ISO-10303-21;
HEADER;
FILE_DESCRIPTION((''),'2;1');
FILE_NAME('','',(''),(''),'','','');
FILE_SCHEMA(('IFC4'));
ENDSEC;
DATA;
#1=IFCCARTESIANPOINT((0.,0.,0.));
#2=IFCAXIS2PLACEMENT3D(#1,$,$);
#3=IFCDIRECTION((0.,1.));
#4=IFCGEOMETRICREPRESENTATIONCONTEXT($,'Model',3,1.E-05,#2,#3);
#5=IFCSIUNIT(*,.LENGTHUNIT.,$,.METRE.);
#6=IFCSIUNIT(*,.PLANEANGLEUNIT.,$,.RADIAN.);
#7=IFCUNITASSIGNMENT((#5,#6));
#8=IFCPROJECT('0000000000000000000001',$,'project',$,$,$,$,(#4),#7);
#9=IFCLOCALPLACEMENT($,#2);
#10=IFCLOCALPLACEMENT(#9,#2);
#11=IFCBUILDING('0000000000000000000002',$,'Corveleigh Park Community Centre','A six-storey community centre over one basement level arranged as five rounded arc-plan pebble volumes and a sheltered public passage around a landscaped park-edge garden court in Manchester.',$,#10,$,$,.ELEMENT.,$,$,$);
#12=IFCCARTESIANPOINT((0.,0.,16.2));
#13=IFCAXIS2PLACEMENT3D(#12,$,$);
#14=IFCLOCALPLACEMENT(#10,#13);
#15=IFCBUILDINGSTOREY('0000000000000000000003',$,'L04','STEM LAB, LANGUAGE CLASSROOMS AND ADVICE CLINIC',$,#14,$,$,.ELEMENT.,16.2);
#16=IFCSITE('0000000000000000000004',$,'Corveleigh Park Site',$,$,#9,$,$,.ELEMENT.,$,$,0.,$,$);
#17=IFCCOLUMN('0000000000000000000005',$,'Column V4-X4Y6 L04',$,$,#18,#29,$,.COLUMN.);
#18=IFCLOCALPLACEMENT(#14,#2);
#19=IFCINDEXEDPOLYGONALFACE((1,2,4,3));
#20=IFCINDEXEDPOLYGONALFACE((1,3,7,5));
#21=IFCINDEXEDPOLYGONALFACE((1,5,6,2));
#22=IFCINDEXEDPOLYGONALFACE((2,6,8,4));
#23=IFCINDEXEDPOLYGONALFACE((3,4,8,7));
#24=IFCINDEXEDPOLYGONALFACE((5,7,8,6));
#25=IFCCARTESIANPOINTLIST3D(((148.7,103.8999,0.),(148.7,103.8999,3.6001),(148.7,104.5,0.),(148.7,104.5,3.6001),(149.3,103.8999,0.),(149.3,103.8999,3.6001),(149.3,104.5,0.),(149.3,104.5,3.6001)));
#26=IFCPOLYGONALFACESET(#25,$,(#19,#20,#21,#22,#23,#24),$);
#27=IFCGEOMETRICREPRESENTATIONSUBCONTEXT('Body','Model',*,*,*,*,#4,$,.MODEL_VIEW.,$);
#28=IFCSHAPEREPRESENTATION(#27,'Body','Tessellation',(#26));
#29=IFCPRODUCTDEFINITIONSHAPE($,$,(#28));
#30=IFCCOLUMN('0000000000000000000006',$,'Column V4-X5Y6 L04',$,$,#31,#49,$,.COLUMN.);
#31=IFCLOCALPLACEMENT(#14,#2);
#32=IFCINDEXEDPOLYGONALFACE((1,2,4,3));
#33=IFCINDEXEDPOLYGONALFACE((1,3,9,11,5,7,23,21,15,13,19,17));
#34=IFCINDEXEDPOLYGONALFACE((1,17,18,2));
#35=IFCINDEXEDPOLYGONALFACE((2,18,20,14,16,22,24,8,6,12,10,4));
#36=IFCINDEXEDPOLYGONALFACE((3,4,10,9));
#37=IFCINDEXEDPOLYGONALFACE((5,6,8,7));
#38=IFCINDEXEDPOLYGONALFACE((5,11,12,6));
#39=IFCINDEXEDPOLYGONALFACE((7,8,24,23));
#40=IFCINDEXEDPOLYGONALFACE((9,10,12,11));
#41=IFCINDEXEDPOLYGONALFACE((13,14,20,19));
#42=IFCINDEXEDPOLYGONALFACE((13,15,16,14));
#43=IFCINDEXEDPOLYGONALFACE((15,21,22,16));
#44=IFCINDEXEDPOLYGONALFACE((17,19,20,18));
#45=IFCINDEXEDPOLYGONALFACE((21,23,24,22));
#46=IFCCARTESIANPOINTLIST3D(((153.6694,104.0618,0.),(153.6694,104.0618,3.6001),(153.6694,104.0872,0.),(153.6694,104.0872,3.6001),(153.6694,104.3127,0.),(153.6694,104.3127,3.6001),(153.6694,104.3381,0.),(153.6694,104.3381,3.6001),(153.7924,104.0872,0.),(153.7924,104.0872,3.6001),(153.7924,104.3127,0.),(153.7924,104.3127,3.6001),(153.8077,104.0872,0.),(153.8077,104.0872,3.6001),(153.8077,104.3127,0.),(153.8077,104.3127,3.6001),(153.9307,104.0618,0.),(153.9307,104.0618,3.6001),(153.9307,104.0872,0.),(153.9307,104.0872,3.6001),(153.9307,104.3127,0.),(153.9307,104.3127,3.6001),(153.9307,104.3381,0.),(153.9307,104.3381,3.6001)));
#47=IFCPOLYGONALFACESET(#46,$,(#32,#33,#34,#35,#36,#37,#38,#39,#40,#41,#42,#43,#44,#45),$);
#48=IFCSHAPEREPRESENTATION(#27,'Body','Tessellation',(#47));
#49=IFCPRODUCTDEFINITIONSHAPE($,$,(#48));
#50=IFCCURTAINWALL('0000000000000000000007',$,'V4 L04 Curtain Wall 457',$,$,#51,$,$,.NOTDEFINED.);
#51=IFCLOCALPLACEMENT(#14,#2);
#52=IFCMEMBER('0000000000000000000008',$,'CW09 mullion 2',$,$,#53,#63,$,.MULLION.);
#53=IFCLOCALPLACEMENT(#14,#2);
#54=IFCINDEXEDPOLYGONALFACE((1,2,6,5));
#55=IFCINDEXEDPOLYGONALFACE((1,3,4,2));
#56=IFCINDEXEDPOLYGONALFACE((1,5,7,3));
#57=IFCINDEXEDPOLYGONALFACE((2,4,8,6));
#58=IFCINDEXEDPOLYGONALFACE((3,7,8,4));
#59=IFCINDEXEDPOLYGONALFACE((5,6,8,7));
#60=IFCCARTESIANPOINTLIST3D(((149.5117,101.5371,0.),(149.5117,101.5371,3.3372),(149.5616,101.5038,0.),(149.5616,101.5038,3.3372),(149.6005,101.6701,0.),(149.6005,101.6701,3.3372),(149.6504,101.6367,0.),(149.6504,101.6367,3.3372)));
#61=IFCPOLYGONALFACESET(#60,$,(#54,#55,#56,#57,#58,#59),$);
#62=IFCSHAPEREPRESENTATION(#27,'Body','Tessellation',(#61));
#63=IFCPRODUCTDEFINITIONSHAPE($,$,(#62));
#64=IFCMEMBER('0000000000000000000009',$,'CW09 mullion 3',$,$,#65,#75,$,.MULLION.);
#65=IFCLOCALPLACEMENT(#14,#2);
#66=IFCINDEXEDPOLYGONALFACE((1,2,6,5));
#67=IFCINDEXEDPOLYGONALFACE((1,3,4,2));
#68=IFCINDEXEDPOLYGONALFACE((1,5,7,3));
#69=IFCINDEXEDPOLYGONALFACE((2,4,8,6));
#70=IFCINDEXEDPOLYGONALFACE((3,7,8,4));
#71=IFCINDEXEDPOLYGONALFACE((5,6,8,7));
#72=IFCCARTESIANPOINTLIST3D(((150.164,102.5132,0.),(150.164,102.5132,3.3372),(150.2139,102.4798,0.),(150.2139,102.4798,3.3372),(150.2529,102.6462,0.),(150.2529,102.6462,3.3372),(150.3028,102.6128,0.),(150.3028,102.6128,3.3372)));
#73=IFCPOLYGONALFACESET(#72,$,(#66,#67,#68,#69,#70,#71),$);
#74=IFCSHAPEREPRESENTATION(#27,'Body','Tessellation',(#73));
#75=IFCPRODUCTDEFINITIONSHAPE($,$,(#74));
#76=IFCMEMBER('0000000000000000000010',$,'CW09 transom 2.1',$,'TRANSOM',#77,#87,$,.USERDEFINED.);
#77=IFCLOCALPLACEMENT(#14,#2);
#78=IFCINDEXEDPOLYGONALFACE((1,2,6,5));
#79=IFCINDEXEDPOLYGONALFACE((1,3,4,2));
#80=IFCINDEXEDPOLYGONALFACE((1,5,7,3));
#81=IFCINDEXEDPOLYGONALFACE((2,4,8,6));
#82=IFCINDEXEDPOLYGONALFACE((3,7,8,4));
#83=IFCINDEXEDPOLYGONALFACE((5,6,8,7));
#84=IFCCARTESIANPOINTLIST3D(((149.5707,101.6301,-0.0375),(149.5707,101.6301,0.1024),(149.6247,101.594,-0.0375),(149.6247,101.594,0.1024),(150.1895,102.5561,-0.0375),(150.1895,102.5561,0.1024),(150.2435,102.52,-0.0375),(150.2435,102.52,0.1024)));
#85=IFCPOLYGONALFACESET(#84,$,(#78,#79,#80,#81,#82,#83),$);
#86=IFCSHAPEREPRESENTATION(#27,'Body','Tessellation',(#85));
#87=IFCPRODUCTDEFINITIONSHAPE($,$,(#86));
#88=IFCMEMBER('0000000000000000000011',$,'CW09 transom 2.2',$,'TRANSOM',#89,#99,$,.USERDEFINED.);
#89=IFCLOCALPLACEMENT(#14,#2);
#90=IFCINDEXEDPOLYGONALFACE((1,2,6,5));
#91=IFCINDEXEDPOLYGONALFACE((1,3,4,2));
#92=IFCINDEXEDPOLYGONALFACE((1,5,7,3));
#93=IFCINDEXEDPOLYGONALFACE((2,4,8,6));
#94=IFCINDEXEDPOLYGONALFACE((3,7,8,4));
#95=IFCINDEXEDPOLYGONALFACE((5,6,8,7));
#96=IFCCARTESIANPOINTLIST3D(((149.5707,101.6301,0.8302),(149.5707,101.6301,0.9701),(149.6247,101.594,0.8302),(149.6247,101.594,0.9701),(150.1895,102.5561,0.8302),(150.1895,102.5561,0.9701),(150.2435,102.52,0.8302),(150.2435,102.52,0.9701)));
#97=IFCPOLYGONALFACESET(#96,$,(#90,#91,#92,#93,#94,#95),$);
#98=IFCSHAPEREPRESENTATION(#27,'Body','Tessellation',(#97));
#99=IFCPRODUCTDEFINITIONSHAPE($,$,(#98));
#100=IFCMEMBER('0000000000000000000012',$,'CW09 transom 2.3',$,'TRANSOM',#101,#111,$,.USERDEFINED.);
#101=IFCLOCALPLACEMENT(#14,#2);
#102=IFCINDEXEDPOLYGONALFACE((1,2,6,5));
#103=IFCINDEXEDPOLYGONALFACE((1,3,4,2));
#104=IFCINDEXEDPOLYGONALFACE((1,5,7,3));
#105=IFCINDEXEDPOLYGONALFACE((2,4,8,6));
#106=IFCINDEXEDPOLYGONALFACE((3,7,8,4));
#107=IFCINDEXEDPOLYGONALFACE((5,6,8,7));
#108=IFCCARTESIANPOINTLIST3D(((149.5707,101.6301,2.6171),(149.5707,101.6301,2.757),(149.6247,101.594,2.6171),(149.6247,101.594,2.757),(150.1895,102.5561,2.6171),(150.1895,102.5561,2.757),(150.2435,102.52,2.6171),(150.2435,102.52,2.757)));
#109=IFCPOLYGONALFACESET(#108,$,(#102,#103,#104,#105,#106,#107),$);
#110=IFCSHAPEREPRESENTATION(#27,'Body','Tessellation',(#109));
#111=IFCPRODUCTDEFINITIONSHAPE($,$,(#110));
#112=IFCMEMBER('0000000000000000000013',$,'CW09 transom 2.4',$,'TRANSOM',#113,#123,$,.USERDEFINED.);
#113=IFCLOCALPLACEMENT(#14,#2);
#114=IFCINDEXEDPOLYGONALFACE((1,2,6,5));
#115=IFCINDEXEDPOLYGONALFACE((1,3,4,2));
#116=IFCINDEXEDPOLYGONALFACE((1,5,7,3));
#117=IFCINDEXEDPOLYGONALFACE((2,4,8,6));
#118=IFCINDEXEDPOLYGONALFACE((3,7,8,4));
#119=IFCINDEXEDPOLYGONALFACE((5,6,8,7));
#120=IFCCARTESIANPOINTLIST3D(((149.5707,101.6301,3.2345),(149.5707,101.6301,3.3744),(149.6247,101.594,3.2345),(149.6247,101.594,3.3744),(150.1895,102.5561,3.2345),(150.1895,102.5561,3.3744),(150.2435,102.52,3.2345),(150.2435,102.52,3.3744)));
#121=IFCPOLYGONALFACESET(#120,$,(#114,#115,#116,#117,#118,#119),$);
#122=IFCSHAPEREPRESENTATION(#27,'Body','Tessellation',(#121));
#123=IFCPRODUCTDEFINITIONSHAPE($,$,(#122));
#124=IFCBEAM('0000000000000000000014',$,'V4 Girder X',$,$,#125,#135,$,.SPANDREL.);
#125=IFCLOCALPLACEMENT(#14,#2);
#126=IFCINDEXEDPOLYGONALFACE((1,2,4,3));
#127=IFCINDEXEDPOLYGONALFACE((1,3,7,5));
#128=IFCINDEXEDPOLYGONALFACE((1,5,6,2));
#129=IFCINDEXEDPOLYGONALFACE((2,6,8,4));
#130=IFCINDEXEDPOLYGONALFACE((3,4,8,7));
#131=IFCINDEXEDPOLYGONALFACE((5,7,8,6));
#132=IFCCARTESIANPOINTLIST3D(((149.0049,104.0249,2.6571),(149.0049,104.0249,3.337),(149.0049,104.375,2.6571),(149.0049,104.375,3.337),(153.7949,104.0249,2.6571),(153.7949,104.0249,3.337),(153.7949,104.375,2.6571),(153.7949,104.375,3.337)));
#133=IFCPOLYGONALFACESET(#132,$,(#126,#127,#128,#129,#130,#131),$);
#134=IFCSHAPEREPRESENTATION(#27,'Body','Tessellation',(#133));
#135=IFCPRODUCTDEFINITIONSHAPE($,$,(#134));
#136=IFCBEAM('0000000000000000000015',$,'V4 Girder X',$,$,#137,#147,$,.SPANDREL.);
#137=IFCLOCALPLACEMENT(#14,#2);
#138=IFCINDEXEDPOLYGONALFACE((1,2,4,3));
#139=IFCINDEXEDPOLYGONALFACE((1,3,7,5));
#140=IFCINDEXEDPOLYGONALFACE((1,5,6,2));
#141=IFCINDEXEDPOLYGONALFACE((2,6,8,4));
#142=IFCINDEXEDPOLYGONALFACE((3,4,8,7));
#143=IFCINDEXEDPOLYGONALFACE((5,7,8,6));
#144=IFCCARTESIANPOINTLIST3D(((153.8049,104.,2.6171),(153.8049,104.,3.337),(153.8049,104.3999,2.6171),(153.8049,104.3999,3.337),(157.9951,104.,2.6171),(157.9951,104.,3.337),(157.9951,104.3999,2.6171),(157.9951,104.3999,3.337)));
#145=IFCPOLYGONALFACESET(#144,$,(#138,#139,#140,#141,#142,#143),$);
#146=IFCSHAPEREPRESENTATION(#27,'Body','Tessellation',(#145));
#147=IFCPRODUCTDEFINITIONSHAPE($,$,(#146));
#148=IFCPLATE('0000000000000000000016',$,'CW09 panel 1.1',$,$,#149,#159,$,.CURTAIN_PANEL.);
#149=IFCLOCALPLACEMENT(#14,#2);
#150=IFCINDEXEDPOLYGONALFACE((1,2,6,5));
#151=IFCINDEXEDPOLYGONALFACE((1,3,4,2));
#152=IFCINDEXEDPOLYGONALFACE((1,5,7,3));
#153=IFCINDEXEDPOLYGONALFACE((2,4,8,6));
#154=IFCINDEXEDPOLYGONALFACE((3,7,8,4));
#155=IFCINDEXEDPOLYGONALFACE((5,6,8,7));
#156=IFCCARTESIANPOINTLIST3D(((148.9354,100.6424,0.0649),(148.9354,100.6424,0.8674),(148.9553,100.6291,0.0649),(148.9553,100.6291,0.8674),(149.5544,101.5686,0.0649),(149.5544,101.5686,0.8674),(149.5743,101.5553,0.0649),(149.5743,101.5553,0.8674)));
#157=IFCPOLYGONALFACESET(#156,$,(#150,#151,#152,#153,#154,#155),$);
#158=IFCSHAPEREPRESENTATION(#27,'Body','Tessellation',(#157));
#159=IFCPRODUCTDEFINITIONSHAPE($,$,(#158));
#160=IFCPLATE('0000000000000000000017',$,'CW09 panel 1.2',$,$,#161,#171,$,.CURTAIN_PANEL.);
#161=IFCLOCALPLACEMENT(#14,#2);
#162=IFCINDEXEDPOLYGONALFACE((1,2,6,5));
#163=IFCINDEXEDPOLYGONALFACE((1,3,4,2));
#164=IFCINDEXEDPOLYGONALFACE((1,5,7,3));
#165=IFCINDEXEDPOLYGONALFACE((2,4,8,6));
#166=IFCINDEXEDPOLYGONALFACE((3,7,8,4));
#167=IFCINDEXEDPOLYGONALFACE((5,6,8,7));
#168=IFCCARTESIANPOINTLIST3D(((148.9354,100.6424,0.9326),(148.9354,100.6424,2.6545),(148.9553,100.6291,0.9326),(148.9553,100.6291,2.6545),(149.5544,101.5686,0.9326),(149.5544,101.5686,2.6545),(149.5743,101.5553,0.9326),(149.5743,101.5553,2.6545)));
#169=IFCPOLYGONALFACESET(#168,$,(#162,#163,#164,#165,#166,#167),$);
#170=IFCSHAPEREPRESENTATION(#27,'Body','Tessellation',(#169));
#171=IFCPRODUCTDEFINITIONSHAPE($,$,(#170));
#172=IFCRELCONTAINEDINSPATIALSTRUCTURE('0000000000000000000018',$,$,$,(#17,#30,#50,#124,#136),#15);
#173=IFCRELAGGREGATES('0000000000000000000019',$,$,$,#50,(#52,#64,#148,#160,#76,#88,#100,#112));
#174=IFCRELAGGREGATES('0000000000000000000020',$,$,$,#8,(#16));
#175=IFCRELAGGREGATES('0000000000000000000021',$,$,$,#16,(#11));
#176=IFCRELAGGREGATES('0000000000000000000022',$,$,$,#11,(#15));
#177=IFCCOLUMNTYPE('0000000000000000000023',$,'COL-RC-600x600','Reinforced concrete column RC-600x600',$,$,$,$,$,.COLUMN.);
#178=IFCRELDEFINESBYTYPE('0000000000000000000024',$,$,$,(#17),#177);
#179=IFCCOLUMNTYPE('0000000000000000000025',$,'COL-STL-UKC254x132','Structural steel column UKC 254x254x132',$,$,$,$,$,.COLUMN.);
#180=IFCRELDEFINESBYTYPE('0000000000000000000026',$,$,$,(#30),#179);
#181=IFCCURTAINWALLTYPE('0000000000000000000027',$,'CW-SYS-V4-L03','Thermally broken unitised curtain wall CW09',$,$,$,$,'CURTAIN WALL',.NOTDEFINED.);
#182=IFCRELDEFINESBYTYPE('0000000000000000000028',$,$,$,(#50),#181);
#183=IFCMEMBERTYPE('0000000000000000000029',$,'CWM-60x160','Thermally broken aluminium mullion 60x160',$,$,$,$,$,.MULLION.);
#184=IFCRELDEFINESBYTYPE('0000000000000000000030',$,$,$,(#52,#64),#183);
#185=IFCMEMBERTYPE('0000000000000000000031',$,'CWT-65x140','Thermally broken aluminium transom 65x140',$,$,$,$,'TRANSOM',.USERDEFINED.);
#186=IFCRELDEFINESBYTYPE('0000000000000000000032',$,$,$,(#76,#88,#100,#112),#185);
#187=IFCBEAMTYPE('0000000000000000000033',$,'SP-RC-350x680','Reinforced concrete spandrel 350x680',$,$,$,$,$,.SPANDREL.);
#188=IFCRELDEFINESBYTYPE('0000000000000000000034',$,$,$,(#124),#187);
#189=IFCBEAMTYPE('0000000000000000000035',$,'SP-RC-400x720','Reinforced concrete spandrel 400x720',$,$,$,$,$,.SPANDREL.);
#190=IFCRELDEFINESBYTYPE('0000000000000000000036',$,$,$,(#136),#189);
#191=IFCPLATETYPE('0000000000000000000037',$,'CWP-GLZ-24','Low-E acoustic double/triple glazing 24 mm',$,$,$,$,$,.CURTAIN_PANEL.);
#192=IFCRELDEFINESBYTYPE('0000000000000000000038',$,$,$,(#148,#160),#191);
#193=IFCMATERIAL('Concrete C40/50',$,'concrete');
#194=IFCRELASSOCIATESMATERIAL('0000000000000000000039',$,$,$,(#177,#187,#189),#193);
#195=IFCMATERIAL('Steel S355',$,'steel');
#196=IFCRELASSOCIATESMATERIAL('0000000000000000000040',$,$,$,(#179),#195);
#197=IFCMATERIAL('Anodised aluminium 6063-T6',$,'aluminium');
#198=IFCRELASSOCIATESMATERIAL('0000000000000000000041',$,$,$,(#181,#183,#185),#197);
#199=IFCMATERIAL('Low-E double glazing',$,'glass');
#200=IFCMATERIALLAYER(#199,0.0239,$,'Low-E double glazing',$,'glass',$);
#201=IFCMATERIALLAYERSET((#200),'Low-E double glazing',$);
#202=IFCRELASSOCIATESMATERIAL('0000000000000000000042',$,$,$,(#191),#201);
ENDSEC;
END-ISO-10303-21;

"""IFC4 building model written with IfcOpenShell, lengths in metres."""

from ifc_helpers import new_model, si_unit, direction, frame, origin, origin_2d, place, context, subcontext, project, spatial, rectangle, i_section, extrude, material, layer, layer_set, material_profile, profile_set, type_object, element, aggregate, save


model = new_model("IFC4")

# Units and contexts
model_context = context("Model", 3, precision=1e-05, world=origin(), true_north=direction((0.0, 1.0)))
body_context = subcontext(model_context, "Body", "Model", "MODEL_VIEW")
ifc_project = project(units=[si_unit("LENGTHUNIT", "METRE"), si_unit("PLANEANGLEUNIT", "RADIAN")], contexts=[model_context])

# Site, building, storey
site_placement = place(None, origin())
site = spatial("IfcSite", under=ifc_project, at=site_placement, Name="Corveleigh Park Site", CompositionType="ELEMENT", RefElevation=0.0)
building_placement = place(site_placement, origin())
building = spatial("IfcBuilding", under=site, at=building_placement, Name="Corveleigh Park Community Centre", Description="A six-storey community centre over one basement level arranged as five rounded arc-plan pebble volumes and a sheltered public passage around a landscaped park-edge garden court in Manchester.", CompositionType="ELEMENT")
storey_placement = place(building_placement, frame((0.0, 0.0, 16.2)))
storey = spatial("IfcBuildingStorey", under=building, at=storey_placement, Name="L04", Description="STEM LAB, LANGUAGE CLASSROOMS AND ADVICE CLINIC", CompositionType="ELEMENT", Elevation=16.2)

# Columns
ifc_material_1 = material(Name="Concrete C40/50", Category="concrete")
ifc_material_profile_1 = material_profile(ifc_material_1, rectangle(XDim=0.6001, YDim=0.6001, at=origin_2d()), Name="RC-600x600", Category="concrete")
ifc_profile_set_1 = profile_set([ifc_material_profile_1], Name="Concrete C40/50")
column_type_1 = type_object("IfcColumnType", Name="COL-RC-600x600", Description="Reinforced concrete column RC-600x600", PredefinedType="COLUMN", material=ifc_profile_set_1)
column_1_placement = place(storey_placement, frame((149.0, 104.2, 0.0), z_axis=(0.0, 0.0, 1.0), x_axis=(1.0, 0.0, 0.0)))
element("IfcColumn", 1, at=column_1_placement, inside=storey, type_object=column_type_1, Name="Column V4-X4Y6 L04", PredefinedType="COLUMN", context=body_context, shape_type="SweptSolid", body=[
    extrude(rectangle(XDim=0.6001, YDim=0.6001, at=origin_2d()), origin(), (0.0, 0.0, 1.0), 3.6001),
])
ifc_material_2 = material(Name="Steel S355", Category="steel")
ifc_material_profile_2 = material_profile(ifc_material_2, i_section(OverallWidth=0.2612, OverallDepth=0.2764, WebThickness=0.0154, FlangeThickness=0.0254, at=origin_2d()), Name="UKC 254x254x132", Category="steel")
ifc_profile_set_2 = profile_set([ifc_material_profile_2], Name="Steel S355")
column_type_2 = type_object("IfcColumnType", Name="COL-STL-UKC254x132", Description="Structural steel column UKC 254x254x132", PredefinedType="COLUMN", material=ifc_profile_set_2)
column_2_placement = place(storey_placement, frame((153.8, 104.2, 0.0), z_axis=(0.0, 0.0, 1.0), x_axis=(1.0, 0.0, 0.0)))
element("IfcColumn", 2, at=column_2_placement, inside=storey, type_object=column_type_2, Name="Column V4-X5Y6 L04", PredefinedType="COLUMN", context=body_context, shape_type="SweptSolid", body=[
    extrude(i_section(OverallWidth=0.2612, OverallDepth=0.2764, WebThickness=0.0154, FlangeThickness=0.0254, at=origin_2d()), origin(), (0.0, 0.0, 1.0), 3.6001),
])

# Curtain wall, members
ifc_material_3 = material(Name="Anodised aluminium 6063-T6", Category="aluminium")
curtain_wall_type = type_object("IfcCurtainWallType", Name="CW-SYS-V4-L03", Description="Thermally broken unitised curtain wall CW09", ElementType="CURTAIN WALL", PredefinedType="NOTDEFINED", material=ifc_material_3)
curtain_wall_placement = place(storey_placement, origin())
curtain_wall = element("IfcCurtainWall", 3, at=curtain_wall_placement, inside=storey, type_object=curtain_wall_type, Name="V4 L04 Curtain Wall 457", PredefinedType="NOTDEFINED")
ifc_material_profile_3 = material_profile(ifc_material_3, rectangle(XDim=0.0601, YDim=0.1599, at=origin_2d()), Name="ALU-M60x160", Category="aluminium")
ifc_profile_set_3 = profile_set([ifc_material_profile_3], Name="Anodised aluminium 6063-T6")
member_type_1 = type_object("IfcMemberType", Name="CWM-60x160", Description="Thermally broken aluminium mullion 60x160", PredefinedType="MULLION", material=ifc_profile_set_3)
member_1_placement = place(storey_placement, frame((149.5811, 101.5869, 0.0), z_axis=(0.0, 0.0, 1.0), x_axis=(-0.831411, 0.555658, 0.0)))
member_1 = element("IfcMember", 4, at=member_1_placement, type_object=member_type_1, Name="CW09 mullion 2", PredefinedType="MULLION", context=body_context, shape_type="SweptSolid", body=[
    extrude(rectangle(XDim=0.0601, YDim=0.1599, at=origin_2d()), origin(), (0.0, 0.0, 1.0), 3.3372),
])
member_2_placement = place(storey_placement, frame((150.2334, 102.563, 0.0), z_axis=(0.0, 0.0, 1.0), x_axis=(-0.831411, 0.555658, 0.0)))
member_2 = element("IfcMember", 5, at=member_2_placement, type_object=member_type_1, Name="CW09 mullion 3", PredefinedType="MULLION", context=body_context, shape_type="SweptSolid", body=[
    extrude(rectangle(XDim=0.0601, YDim=0.1599, at=origin_2d()), origin(), (0.0, 0.0, 1.0), 3.3372),
])
ifc_material_profile_4 = material_profile(ifc_material_3, rectangle(XDim=0.0649, YDim=0.1399, at=origin_2d()), Name="ALU-T65x140", Category="aluminium")
ifc_profile_set_4 = profile_set([ifc_material_profile_4], Name="Anodised aluminium 6063-T6")
member_type_2 = type_object("IfcMemberType", Name="CWT-65x140", Description="Thermally broken aluminium transom 65x140", ElementType="TRANSOM", PredefinedType="USERDEFINED", material=ifc_profile_set_4)
member_3_placement = place(storey_placement, frame((149.5977, 101.6121, 0.0325), z_axis=(0.555661, 0.831409, 0.0), x_axis=(-0.831409, 0.555661, 0.0)))
member_3 = element("IfcMember", 6, at=member_3_placement, type_object=member_type_2, Name="CW09 transom 2.1", ObjectType="TRANSOM", PredefinedType="USERDEFINED", context=body_context, shape_type="SweptSolid", body=[
    extrude(rectangle(XDim=0.0649, YDim=0.1399, at=origin_2d()), origin(), (0.0, 0.0, 1.0), 1.1138),
])
member_4_placement = place(storey_placement, frame((149.5977, 101.6121, 0.9001), z_axis=(0.555661, 0.831409, 0.0), x_axis=(-0.831409, 0.555661, 0.0)))
member_4 = element("IfcMember", 7, at=member_4_placement, type_object=member_type_2, Name="CW09 transom 2.2", ObjectType="TRANSOM", PredefinedType="USERDEFINED", context=body_context, shape_type="SweptSolid", body=[
    extrude(rectangle(XDim=0.0649, YDim=0.1399, at=origin_2d()), origin(), (0.0, 0.0, 1.0), 1.1138),
])
member_5_placement = place(storey_placement, frame((149.5977, 101.6121, 2.687), z_axis=(0.555661, 0.831409, 0.0), x_axis=(-0.831409, 0.555661, 0.0)))
member_5 = element("IfcMember", 8, at=member_5_placement, type_object=member_type_2, Name="CW09 transom 2.3", ObjectType="TRANSOM", PredefinedType="USERDEFINED", context=body_context, shape_type="SweptSolid", body=[
    extrude(rectangle(XDim=0.0649, YDim=0.1399, at=origin_2d()), origin(), (0.0, 0.0, 1.0), 1.1138),
])
member_6_placement = place(storey_placement, frame((149.5977, 101.6121, 3.3044), z_axis=(0.555661, 0.831409, 0.0), x_axis=(-0.831409, 0.555661, 0.0)))
member_6 = element("IfcMember", 9, at=member_6_placement, type_object=member_type_2, Name="CW09 transom 2.4", ObjectType="TRANSOM", PredefinedType="USERDEFINED", context=body_context, shape_type="SweptSolid", body=[
    extrude(rectangle(XDim=0.0649, YDim=0.1399, at=origin_2d()), origin(), (0.0, 0.0, 1.0), 1.1138),
])

# Beams
ifc_material_profile_5 = material_profile(ifc_material_1, rectangle(XDim=0.3501, YDim=0.6799, at=origin_2d()), Name="RC-350x680", Category="concrete")
ifc_profile_set_5 = profile_set([ifc_material_profile_5], Name="Concrete C40/50")
beam_type_1 = type_object("IfcBeamType", Name="SP-RC-350x680", Description="Reinforced concrete spandrel 350x680", PredefinedType="SPANDREL", material=ifc_profile_set_5)
beam_1_placement = place(storey_placement, frame((149.0049, 104.2, 2.9971), z_axis=(1.0, 0.0, 0.0), x_axis=(0.0, 1.0, 0.0)))
element("IfcBeam", 10, at=beam_1_placement, inside=storey, type_object=beam_type_1, Name="V4 Girder X", PredefinedType="SPANDREL", context=body_context, shape_type="SweptSolid", body=[
    extrude(rectangle(XDim=0.3501, YDim=0.6799, at=origin_2d()), origin(), (0.0, 0.0, 1.0), 4.79),
])
ifc_material_profile_6 = material_profile(ifc_material_1, rectangle(XDim=0.3999, YDim=0.72, at=origin_2d()), Name="RC-400x720", Category="concrete")
ifc_profile_set_6 = profile_set([ifc_material_profile_6], Name="Concrete C40/50")
beam_type_2 = type_object("IfcBeamType", Name="SP-RC-400x720", Description="Reinforced concrete spandrel 400x720", PredefinedType="SPANDREL", material=ifc_profile_set_6)
beam_2_placement = place(storey_placement, frame((153.8049, 104.2, 2.9771), z_axis=(1.0, 0.0, 0.0), x_axis=(0.0, 1.0, 0.0)))
element("IfcBeam", 11, at=beam_2_placement, inside=storey, type_object=beam_type_2, Name="V4 Girder X", PredefinedType="SPANDREL", context=body_context, shape_type="SweptSolid", body=[
    extrude(rectangle(XDim=0.3999, YDim=0.72, at=origin_2d()), origin(), (0.0, 0.0, 1.0), 4.1902),
])

# Plates
ifc_material_4 = material(Name="Low-E double glazing", Category="glass")
ifc_layer_1 = layer(ifc_material_4, 0.0239, Name="Low-E double glazing", Category="glass")
ifc_layer_set_1 = layer_set([ifc_layer_1], Name="Low-E double glazing")
plate_type = type_object("IfcPlateType", Name="CWP-GLZ-24", Description="Low-E acoustic double/triple glazing 24 mm", PredefinedType="CURTAIN_PANEL", material=ifc_layer_set_1)
plate_1_placement = place(storey_placement, frame((149.2549, 101.0989, 0.0649), z_axis=(0.0, 0.0, 1.0), x_axis=(0.555658, 0.831411, 0.0)))
plate_1 = element("IfcPlate", 12, at=plate_1_placement, type_object=plate_type, Name="CW09 panel 1.1", PredefinedType="CURTAIN_PANEL", context=body_context, shape_type="SweptSolid", body=[
    extrude(rectangle(XDim=1.114, YDim=0.0239, at=origin_2d()), origin(), (0.0, 0.0, 1.0), 0.8025),
])
plate_2_placement = place(storey_placement, frame((149.2549, 101.0989, 0.9326), z_axis=(0.0, 0.0, 1.0), x_axis=(0.555658, 0.831411, 0.0)))
plate_2 = element("IfcPlate", 13, at=plate_2_placement, type_object=plate_type, Name="CW09 panel 1.2", PredefinedType="CURTAIN_PANEL", context=body_context, shape_type="SweptSolid", body=[
    extrude(rectangle(XDim=1.114, YDim=0.0239, at=origin_2d()), origin(), (0.0, 0.0, 1.0), 1.7219),
])
aggregate(curtain_wall, [member_1, member_2, plate_1, plate_2, member_3, member_4, member_5, member_6])

save(model, "model.ifc")
